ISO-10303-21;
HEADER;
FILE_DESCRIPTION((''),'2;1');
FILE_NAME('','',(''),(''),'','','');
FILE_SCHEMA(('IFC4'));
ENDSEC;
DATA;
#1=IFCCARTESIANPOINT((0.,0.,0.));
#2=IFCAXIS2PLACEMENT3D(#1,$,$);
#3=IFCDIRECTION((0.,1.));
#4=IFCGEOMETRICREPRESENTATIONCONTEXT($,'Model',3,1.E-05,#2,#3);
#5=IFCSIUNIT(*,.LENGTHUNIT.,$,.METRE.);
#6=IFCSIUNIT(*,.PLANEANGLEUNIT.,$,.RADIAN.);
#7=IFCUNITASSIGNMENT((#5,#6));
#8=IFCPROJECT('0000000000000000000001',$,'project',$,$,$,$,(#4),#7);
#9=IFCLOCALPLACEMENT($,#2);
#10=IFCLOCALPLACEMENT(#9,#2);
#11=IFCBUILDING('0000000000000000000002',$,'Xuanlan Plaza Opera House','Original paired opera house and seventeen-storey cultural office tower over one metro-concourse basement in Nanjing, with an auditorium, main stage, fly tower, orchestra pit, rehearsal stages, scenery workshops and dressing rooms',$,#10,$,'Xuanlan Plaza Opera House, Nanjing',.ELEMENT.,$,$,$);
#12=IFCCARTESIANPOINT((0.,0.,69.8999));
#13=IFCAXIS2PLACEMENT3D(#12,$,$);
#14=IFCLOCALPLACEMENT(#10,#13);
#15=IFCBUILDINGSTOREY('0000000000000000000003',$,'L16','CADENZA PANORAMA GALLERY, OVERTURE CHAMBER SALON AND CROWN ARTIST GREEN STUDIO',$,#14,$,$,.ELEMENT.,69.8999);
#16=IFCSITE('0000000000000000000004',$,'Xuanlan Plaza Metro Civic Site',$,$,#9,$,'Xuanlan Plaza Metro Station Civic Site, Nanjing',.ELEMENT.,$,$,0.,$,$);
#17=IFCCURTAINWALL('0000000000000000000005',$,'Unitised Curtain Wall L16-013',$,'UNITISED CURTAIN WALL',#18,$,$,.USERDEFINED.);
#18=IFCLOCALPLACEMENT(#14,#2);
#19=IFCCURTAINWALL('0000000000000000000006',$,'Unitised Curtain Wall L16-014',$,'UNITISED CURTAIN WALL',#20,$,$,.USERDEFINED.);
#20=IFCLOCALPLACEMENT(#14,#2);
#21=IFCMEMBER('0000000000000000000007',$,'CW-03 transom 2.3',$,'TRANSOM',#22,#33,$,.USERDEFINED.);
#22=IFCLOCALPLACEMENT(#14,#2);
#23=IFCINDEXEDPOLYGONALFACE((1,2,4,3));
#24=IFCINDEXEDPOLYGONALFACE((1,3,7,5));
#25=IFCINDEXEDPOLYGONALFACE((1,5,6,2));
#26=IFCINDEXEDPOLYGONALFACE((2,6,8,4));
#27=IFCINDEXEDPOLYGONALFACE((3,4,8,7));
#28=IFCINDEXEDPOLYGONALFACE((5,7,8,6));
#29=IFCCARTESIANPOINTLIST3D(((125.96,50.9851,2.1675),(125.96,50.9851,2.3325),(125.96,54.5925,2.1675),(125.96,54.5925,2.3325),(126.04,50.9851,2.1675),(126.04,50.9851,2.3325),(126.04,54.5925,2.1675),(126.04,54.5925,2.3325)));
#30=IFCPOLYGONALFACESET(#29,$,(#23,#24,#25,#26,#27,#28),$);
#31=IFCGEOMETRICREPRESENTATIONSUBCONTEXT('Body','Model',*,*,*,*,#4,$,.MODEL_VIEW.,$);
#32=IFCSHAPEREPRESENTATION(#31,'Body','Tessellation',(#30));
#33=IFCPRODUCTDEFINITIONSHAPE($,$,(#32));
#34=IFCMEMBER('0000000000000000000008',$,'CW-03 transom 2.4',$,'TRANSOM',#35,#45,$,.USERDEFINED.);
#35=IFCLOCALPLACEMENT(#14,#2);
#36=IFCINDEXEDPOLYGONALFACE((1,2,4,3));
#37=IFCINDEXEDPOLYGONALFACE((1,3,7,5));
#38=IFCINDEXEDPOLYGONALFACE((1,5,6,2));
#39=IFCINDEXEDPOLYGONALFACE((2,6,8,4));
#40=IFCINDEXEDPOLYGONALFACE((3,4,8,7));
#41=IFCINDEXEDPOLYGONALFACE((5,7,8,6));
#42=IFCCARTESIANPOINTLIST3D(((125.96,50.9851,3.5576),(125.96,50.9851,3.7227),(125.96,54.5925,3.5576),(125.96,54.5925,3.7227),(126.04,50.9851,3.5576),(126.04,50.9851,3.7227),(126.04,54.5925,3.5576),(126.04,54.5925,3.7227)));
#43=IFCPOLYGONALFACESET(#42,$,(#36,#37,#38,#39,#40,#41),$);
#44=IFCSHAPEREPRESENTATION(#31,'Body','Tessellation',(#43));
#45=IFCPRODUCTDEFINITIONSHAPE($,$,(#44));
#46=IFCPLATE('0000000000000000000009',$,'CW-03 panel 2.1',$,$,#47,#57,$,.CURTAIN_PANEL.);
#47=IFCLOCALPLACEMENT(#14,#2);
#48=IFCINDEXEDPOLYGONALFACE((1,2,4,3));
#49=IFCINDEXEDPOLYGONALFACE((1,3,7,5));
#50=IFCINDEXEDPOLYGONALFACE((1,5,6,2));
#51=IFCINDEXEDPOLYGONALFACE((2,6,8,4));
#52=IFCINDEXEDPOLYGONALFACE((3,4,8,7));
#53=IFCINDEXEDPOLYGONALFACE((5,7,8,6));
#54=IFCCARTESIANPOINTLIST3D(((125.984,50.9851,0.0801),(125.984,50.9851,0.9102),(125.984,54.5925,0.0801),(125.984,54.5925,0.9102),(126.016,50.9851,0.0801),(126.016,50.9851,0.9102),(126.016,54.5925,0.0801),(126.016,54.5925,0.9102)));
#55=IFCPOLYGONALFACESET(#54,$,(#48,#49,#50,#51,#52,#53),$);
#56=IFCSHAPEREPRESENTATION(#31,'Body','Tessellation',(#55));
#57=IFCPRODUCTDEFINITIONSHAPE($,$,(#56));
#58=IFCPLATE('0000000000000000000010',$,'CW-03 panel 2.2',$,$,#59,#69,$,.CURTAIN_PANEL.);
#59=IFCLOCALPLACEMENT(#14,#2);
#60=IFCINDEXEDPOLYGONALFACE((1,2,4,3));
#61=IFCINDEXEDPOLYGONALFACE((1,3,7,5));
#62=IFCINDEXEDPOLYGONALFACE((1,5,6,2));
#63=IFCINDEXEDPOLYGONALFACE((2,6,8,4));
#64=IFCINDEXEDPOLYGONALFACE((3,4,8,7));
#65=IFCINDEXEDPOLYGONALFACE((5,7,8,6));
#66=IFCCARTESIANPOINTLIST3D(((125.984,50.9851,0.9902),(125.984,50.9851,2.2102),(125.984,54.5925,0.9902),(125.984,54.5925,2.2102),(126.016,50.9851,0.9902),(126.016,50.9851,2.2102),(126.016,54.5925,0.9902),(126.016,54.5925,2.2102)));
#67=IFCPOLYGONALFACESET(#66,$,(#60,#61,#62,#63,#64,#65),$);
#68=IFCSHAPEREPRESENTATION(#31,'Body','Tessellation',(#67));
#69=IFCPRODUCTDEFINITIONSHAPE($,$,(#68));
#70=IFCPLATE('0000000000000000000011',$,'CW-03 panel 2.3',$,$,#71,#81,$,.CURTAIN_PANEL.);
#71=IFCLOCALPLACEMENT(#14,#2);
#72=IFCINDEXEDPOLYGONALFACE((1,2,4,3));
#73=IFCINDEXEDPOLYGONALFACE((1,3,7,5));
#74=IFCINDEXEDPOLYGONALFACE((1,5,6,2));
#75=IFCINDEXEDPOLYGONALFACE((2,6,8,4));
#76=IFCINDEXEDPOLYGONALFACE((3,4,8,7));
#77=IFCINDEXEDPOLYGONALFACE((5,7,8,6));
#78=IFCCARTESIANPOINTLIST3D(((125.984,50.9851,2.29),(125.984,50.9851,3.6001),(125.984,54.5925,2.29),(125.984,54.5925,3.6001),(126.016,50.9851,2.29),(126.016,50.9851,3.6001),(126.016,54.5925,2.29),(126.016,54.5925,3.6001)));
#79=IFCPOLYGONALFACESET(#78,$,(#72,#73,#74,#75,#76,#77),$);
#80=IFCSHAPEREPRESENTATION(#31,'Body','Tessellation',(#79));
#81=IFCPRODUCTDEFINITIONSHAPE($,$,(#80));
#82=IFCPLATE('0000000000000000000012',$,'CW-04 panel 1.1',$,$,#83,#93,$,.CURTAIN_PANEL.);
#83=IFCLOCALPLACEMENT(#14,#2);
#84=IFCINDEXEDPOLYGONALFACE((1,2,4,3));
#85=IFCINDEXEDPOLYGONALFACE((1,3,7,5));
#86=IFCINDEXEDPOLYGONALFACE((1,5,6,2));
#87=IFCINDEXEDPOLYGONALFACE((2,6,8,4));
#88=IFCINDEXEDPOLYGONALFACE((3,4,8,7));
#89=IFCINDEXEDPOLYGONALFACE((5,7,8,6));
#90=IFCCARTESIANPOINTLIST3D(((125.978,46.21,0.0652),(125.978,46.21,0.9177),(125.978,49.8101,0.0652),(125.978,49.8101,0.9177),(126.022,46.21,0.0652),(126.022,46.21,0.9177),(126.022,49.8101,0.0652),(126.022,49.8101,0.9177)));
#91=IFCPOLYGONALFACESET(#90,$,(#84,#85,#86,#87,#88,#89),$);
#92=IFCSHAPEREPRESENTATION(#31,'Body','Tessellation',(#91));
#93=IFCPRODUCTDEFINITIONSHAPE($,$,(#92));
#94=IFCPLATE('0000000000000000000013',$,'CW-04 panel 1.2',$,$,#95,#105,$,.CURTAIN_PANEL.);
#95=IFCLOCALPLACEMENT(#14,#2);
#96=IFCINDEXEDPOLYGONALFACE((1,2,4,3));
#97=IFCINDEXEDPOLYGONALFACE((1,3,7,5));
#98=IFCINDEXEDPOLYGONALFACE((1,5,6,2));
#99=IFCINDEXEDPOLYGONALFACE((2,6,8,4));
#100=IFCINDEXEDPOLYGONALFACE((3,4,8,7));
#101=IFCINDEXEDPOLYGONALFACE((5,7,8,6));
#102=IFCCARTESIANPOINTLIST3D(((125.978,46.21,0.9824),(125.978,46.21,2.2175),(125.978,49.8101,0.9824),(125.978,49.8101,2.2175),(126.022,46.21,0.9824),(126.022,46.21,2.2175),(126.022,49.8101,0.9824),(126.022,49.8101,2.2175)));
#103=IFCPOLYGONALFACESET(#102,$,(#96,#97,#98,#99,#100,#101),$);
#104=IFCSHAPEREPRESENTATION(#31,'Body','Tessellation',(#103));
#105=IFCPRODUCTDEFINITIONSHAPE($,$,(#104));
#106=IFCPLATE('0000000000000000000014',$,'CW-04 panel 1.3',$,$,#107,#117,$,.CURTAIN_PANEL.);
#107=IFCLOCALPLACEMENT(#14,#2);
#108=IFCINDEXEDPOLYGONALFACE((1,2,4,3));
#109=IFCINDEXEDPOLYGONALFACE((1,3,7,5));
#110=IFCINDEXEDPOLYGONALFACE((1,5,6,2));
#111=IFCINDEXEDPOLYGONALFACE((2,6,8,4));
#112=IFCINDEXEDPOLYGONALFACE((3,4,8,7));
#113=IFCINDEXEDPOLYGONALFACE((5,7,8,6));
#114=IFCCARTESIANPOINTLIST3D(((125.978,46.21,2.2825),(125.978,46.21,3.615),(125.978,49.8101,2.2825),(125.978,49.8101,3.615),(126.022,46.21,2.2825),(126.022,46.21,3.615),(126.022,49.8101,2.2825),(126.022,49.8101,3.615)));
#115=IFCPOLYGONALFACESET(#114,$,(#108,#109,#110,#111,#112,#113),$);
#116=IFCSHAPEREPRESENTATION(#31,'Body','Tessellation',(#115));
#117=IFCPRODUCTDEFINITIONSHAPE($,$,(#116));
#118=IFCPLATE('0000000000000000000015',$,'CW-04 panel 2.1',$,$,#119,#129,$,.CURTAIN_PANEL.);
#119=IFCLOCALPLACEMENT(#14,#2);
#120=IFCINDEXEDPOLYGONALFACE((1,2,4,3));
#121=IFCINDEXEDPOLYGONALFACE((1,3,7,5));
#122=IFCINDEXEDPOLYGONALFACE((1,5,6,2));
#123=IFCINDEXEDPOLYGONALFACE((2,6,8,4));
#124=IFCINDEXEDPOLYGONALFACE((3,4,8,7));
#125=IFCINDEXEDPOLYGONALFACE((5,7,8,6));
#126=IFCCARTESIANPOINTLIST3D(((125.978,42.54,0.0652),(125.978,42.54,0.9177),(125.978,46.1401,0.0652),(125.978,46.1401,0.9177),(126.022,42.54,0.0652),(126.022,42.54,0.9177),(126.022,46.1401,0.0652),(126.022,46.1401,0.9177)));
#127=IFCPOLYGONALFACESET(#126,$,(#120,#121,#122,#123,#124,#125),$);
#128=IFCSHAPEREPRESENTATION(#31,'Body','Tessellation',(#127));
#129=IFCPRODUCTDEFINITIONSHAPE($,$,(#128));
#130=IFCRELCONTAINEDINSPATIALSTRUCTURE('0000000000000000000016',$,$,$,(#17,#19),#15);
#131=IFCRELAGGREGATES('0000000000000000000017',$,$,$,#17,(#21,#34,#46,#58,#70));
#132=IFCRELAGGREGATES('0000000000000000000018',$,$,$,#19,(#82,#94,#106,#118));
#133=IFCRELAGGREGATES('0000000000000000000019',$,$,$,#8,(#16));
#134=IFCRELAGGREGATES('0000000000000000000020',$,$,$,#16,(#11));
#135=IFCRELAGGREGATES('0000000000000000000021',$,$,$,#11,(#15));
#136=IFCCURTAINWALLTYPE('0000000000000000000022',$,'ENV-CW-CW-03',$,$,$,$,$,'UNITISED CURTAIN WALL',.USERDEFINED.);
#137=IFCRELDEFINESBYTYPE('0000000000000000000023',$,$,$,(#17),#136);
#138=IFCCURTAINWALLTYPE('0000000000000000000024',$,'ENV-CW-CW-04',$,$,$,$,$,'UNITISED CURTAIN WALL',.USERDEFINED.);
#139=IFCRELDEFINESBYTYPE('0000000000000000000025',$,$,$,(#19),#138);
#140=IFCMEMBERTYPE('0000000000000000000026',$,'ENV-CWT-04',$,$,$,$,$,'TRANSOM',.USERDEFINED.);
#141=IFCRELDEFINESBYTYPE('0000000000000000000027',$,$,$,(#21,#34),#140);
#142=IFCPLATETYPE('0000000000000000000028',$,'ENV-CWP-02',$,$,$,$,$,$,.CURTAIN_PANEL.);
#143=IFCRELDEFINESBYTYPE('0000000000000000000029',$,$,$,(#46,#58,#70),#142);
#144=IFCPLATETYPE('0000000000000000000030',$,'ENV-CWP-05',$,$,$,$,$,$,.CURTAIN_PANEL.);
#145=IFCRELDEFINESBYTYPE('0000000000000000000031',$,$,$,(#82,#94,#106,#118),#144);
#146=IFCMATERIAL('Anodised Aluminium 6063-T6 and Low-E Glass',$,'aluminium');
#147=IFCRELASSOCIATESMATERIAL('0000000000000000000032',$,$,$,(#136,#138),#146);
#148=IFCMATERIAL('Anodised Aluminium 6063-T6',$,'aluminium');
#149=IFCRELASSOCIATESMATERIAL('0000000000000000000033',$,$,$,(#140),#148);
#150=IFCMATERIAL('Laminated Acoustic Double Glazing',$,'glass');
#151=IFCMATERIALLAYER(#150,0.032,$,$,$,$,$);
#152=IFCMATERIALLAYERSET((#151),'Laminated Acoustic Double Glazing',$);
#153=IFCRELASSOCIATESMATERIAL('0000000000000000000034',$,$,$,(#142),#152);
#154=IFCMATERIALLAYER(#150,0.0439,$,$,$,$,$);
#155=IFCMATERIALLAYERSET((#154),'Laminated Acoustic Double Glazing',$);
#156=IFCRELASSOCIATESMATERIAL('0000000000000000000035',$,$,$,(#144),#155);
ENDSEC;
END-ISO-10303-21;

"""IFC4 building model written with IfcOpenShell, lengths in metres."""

from ifc_helpers import new_model, si_unit, direction, frame, origin, origin_2d, place, context, subcontext, project, spatial, rectangle, extrude, material, layer, layer_set, material_profile, profile_set, type_object, element, aggregate, save


model = new_model("IFC4")

# Units and contexts
model_context = context("Model", 3, precision=1e-05, world=origin(), true_north=direction((0.0, 1.0)))
body_context = subcontext(model_context, "Body", "Model", "MODEL_VIEW")
ifc_project = project(units=[si_unit("LENGTHUNIT", "METRE"), si_unit("PLANEANGLEUNIT", "RADIAN")], contexts=[model_context])

# Site, building, storey
site_placement = place(None, origin())
site = spatial("IfcSite", under=ifc_project, at=site_placement, Name="Xuanlan Plaza Metro Civic Site", LongName="Xuanlan Plaza Metro Station Civic Site, Nanjing", CompositionType="ELEMENT", RefElevation=0.0)
building_placement = place(site_placement, origin())
building = spatial("IfcBuilding", under=site, at=building_placement, Name="Xuanlan Plaza Opera House", Description="Original paired opera house and seventeen-storey cultural office tower over one metro-concourse basement in Nanjing, with an auditorium, main stage, fly tower, orchestra pit, rehearsal stages, scenery workshops and dressing rooms", LongName="Xuanlan Plaza Opera House, Nanjing", CompositionType="ELEMENT")
storey_placement = place(building_placement, frame((0.0, 0.0, 69.8999)))
storey = spatial("IfcBuildingStorey", under=building, at=storey_placement, Name="L16", Description="CADENZA PANORAMA GALLERY, OVERTURE CHAMBER SALON AND CROWN ARTIST GREEN STUDIO", CompositionType="ELEMENT", Elevation=69.8999)

# Curtain wall
ifc_material_1 = material(Name="Anodised Aluminium 6063-T6 and Low-E Glass", Category="aluminium")
curtain_wall_type_1 = type_object("IfcCurtainWallType", Name="ENV-CW-CW-03", ElementType="UNITISED CURTAIN WALL", PredefinedType="USERDEFINED", material=ifc_material_1)
curtain_wall_1_placement = place(storey_placement, origin())
curtain_wall_1 = element("IfcCurtainWall", 1, at=curtain_wall_1_placement, inside=storey, type_object=curtain_wall_type_1, Name="Unitised Curtain Wall L16-013", ObjectType="UNITISED CURTAIN WALL", PredefinedType="USERDEFINED")
ifc_material_2 = material(Name="Anodised Aluminium 6063-T6", Category="aluminium")

# Curtain wall
curtain_wall_type_2 = type_object("IfcCurtainWallType", Name="ENV-CW-CW-04", ElementType="UNITISED CURTAIN WALL", PredefinedType="USERDEFINED", material=ifc_material_1)
curtain_wall_2_placement = place(storey_placement, origin())
curtain_wall_2 = element("IfcCurtainWall", 2, at=curtain_wall_2_placement, inside=storey, type_object=curtain_wall_type_2, Name="Unitised Curtain Wall L16-014", ObjectType="UNITISED CURTAIN WALL", PredefinedType="USERDEFINED")

# Members
ifc_material_profile_1 = material_profile(ifc_material_2, rectangle(XDim=0.0801, YDim=0.165, at=origin_2d()), Name="ALU-T 80x165")
ifc_profile_set_1 = profile_set([ifc_material_profile_1], Name="Anodised Aluminium 6063-T6")
member_type_1 = type_object("IfcMemberType", Name="ENV-CWT-04", ElementType="TRANSOM", PredefinedType="USERDEFINED", material=ifc_profile_set_1)
member_1_placement = place(storey_placement, frame((126.0, 54.5925, 2.25), z_axis=(0.0, -1.0, 0.0), x_axis=(1.0, 0.0, 0.0)))
member_1 = element("IfcMember", 3, at=member_1_placement, type_object=member_type_1, Name="CW-03 transom 2.3", ObjectType="TRANSOM", PredefinedType="USERDEFINED", context=body_context, shape_type="SweptSolid", body=[
    extrude(rectangle(XDim=0.0801, YDim=0.165, at=origin_2d()), origin(), (0.0, 0.0, 1.0), 3.6074),
])
member_2_placement = place(storey_placement, frame((126.0, 54.5925, 3.6401), z_axis=(0.0, -1.0, 0.0), x_axis=(1.0, 0.0, 0.0)))
member_2 = element("IfcMember", 4, at=member_2_placement, type_object=member_type_1, Name="CW-03 transom 2.4", ObjectType="TRANSOM", PredefinedType="USERDEFINED", context=body_context, shape_type="SweptSolid", body=[
    extrude(rectangle(XDim=0.0801, YDim=0.165, at=origin_2d()), origin(), (0.0, 0.0, 1.0), 3.6074),
])

# Plates
ifc_material_3 = material(Name="Laminated Acoustic Double Glazing", Category="glass")
ifc_layer_1 = layer(ifc_material_3, 0.032)
ifc_layer_set_1 = layer_set([ifc_layer_1], Name="Laminated Acoustic Double Glazing")
plate_type_1 = type_object("IfcPlateType", Name="ENV-CWP-02", PredefinedType="CURTAIN_PANEL", material=ifc_layer_set_1)
plate_1_placement = place(storey_placement, frame((126.0, 52.7888, 0.0801), z_axis=(0.0, 0.0, 1.0), x_axis=(0.0, -1.0, 0.0)))
plate_1 = element("IfcPlate", 5, at=plate_1_placement, type_object=plate_type_1, Name="CW-03 panel 2.1", PredefinedType="CURTAIN_PANEL", context=body_context, shape_type="SweptSolid", body=[
    extrude(rectangle(XDim=3.6074, YDim=0.032, at=origin_2d()), origin(), (0.0, 0.0, 1.0), 0.8301),
])
plate_2_placement = place(storey_placement, frame((126.0, 52.7888, 0.9902), z_axis=(0.0, 0.0, 1.0), x_axis=(0.0, -1.0, 0.0)))
plate_2 = element("IfcPlate", 6, at=plate_2_placement, type_object=plate_type_1, Name="CW-03 panel 2.2", PredefinedType="CURTAIN_PANEL", context=body_context, shape_type="SweptSolid", body=[
    extrude(rectangle(XDim=3.6074, YDim=0.032, at=origin_2d()), origin(), (0.0, 0.0, 1.0), 1.22),
])
plate_3_placement = place(storey_placement, frame((126.0, 52.7888, 2.29), z_axis=(0.0, 0.0, 1.0), x_axis=(0.0, -1.0, 0.0)))
plate_3 = element("IfcPlate", 7, at=plate_3_placement, type_object=plate_type_1, Name="CW-03 panel 2.3", PredefinedType="CURTAIN_PANEL", context=body_context, shape_type="SweptSolid", body=[
    extrude(rectangle(XDim=3.6074, YDim=0.032, at=origin_2d()), origin(), (0.0, 0.0, 1.0), 1.3101),
])
aggregate(curtain_wall_1, [member_1, member_2, plate_1, plate_2, plate_3])
ifc_layer_2 = layer(ifc_material_3, 0.0439)
ifc_layer_set_2 = layer_set([ifc_layer_2], Name="Laminated Acoustic Double Glazing")
plate_type_2 = type_object("IfcPlateType", Name="ENV-CWP-05", PredefinedType="CURTAIN_PANEL", material=ifc_layer_set_2)
plate_4_placement = place(storey_placement, frame((126.0, 48.01, 0.0652), z_axis=(0.0, 0.0, 1.0), x_axis=(0.0, -1.0, 0.0)))
plate_4 = element("IfcPlate", 8, at=plate_4_placement, type_object=plate_type_2, Name="CW-04 panel 1.1", PredefinedType="CURTAIN_PANEL", context=body_context, shape_type="SweptSolid", body=[
    extrude(rectangle(XDim=3.6001, YDim=0.0439, at=origin_2d()), origin(), (0.0, 0.0, 1.0), 0.8525),
])
plate_5_placement = place(storey_placement, frame((126.0, 48.01, 0.9824), z_axis=(0.0, 0.0, 1.0), x_axis=(0.0, -1.0, 0.0)))
plate_5 = element("IfcPlate", 9, at=plate_5_placement, type_object=plate_type_2, Name="CW-04 panel 1.2", PredefinedType="CURTAIN_PANEL", context=body_context, shape_type="SweptSolid", body=[
    extrude(rectangle(XDim=3.6001, YDim=0.0439, at=origin_2d()), origin(), (0.0, 0.0, 1.0), 1.2351),
])
plate_6_placement = place(storey_placement, frame((126.0, 48.01, 2.2825), z_axis=(0.0, 0.0, 1.0), x_axis=(0.0, -1.0, 0.0)))
plate_6 = element("IfcPlate", 10, at=plate_6_placement, type_object=plate_type_2, Name="CW-04 panel 1.3", PredefinedType="CURTAIN_PANEL", context=body_context, shape_type="SweptSolid", body=[
    extrude(rectangle(XDim=3.6001, YDim=0.0439, at=origin_2d()), origin(), (0.0, 0.0, 1.0), 1.3325),
])
plate_7_placement = place(storey_placement, frame((126.0, 44.3401, 0.0652), z_axis=(0.0, 0.0, 1.0), x_axis=(0.0, -1.0, 0.0)))
plate_7 = element("IfcPlate", 11, at=plate_7_placement, type_object=plate_type_2, Name="CW-04 panel 2.1", PredefinedType="CURTAIN_PANEL", context=body_context, shape_type="SweptSolid", body=[
    extrude(rectangle(XDim=3.6001, YDim=0.0439, at=origin_2d()), origin(), (0.0, 0.0, 1.0), 0.8525),
])
aggregate(curtain_wall_2, [plate_4, plate_5, plate_6, plate_7])

save(model, "model.ifc")
